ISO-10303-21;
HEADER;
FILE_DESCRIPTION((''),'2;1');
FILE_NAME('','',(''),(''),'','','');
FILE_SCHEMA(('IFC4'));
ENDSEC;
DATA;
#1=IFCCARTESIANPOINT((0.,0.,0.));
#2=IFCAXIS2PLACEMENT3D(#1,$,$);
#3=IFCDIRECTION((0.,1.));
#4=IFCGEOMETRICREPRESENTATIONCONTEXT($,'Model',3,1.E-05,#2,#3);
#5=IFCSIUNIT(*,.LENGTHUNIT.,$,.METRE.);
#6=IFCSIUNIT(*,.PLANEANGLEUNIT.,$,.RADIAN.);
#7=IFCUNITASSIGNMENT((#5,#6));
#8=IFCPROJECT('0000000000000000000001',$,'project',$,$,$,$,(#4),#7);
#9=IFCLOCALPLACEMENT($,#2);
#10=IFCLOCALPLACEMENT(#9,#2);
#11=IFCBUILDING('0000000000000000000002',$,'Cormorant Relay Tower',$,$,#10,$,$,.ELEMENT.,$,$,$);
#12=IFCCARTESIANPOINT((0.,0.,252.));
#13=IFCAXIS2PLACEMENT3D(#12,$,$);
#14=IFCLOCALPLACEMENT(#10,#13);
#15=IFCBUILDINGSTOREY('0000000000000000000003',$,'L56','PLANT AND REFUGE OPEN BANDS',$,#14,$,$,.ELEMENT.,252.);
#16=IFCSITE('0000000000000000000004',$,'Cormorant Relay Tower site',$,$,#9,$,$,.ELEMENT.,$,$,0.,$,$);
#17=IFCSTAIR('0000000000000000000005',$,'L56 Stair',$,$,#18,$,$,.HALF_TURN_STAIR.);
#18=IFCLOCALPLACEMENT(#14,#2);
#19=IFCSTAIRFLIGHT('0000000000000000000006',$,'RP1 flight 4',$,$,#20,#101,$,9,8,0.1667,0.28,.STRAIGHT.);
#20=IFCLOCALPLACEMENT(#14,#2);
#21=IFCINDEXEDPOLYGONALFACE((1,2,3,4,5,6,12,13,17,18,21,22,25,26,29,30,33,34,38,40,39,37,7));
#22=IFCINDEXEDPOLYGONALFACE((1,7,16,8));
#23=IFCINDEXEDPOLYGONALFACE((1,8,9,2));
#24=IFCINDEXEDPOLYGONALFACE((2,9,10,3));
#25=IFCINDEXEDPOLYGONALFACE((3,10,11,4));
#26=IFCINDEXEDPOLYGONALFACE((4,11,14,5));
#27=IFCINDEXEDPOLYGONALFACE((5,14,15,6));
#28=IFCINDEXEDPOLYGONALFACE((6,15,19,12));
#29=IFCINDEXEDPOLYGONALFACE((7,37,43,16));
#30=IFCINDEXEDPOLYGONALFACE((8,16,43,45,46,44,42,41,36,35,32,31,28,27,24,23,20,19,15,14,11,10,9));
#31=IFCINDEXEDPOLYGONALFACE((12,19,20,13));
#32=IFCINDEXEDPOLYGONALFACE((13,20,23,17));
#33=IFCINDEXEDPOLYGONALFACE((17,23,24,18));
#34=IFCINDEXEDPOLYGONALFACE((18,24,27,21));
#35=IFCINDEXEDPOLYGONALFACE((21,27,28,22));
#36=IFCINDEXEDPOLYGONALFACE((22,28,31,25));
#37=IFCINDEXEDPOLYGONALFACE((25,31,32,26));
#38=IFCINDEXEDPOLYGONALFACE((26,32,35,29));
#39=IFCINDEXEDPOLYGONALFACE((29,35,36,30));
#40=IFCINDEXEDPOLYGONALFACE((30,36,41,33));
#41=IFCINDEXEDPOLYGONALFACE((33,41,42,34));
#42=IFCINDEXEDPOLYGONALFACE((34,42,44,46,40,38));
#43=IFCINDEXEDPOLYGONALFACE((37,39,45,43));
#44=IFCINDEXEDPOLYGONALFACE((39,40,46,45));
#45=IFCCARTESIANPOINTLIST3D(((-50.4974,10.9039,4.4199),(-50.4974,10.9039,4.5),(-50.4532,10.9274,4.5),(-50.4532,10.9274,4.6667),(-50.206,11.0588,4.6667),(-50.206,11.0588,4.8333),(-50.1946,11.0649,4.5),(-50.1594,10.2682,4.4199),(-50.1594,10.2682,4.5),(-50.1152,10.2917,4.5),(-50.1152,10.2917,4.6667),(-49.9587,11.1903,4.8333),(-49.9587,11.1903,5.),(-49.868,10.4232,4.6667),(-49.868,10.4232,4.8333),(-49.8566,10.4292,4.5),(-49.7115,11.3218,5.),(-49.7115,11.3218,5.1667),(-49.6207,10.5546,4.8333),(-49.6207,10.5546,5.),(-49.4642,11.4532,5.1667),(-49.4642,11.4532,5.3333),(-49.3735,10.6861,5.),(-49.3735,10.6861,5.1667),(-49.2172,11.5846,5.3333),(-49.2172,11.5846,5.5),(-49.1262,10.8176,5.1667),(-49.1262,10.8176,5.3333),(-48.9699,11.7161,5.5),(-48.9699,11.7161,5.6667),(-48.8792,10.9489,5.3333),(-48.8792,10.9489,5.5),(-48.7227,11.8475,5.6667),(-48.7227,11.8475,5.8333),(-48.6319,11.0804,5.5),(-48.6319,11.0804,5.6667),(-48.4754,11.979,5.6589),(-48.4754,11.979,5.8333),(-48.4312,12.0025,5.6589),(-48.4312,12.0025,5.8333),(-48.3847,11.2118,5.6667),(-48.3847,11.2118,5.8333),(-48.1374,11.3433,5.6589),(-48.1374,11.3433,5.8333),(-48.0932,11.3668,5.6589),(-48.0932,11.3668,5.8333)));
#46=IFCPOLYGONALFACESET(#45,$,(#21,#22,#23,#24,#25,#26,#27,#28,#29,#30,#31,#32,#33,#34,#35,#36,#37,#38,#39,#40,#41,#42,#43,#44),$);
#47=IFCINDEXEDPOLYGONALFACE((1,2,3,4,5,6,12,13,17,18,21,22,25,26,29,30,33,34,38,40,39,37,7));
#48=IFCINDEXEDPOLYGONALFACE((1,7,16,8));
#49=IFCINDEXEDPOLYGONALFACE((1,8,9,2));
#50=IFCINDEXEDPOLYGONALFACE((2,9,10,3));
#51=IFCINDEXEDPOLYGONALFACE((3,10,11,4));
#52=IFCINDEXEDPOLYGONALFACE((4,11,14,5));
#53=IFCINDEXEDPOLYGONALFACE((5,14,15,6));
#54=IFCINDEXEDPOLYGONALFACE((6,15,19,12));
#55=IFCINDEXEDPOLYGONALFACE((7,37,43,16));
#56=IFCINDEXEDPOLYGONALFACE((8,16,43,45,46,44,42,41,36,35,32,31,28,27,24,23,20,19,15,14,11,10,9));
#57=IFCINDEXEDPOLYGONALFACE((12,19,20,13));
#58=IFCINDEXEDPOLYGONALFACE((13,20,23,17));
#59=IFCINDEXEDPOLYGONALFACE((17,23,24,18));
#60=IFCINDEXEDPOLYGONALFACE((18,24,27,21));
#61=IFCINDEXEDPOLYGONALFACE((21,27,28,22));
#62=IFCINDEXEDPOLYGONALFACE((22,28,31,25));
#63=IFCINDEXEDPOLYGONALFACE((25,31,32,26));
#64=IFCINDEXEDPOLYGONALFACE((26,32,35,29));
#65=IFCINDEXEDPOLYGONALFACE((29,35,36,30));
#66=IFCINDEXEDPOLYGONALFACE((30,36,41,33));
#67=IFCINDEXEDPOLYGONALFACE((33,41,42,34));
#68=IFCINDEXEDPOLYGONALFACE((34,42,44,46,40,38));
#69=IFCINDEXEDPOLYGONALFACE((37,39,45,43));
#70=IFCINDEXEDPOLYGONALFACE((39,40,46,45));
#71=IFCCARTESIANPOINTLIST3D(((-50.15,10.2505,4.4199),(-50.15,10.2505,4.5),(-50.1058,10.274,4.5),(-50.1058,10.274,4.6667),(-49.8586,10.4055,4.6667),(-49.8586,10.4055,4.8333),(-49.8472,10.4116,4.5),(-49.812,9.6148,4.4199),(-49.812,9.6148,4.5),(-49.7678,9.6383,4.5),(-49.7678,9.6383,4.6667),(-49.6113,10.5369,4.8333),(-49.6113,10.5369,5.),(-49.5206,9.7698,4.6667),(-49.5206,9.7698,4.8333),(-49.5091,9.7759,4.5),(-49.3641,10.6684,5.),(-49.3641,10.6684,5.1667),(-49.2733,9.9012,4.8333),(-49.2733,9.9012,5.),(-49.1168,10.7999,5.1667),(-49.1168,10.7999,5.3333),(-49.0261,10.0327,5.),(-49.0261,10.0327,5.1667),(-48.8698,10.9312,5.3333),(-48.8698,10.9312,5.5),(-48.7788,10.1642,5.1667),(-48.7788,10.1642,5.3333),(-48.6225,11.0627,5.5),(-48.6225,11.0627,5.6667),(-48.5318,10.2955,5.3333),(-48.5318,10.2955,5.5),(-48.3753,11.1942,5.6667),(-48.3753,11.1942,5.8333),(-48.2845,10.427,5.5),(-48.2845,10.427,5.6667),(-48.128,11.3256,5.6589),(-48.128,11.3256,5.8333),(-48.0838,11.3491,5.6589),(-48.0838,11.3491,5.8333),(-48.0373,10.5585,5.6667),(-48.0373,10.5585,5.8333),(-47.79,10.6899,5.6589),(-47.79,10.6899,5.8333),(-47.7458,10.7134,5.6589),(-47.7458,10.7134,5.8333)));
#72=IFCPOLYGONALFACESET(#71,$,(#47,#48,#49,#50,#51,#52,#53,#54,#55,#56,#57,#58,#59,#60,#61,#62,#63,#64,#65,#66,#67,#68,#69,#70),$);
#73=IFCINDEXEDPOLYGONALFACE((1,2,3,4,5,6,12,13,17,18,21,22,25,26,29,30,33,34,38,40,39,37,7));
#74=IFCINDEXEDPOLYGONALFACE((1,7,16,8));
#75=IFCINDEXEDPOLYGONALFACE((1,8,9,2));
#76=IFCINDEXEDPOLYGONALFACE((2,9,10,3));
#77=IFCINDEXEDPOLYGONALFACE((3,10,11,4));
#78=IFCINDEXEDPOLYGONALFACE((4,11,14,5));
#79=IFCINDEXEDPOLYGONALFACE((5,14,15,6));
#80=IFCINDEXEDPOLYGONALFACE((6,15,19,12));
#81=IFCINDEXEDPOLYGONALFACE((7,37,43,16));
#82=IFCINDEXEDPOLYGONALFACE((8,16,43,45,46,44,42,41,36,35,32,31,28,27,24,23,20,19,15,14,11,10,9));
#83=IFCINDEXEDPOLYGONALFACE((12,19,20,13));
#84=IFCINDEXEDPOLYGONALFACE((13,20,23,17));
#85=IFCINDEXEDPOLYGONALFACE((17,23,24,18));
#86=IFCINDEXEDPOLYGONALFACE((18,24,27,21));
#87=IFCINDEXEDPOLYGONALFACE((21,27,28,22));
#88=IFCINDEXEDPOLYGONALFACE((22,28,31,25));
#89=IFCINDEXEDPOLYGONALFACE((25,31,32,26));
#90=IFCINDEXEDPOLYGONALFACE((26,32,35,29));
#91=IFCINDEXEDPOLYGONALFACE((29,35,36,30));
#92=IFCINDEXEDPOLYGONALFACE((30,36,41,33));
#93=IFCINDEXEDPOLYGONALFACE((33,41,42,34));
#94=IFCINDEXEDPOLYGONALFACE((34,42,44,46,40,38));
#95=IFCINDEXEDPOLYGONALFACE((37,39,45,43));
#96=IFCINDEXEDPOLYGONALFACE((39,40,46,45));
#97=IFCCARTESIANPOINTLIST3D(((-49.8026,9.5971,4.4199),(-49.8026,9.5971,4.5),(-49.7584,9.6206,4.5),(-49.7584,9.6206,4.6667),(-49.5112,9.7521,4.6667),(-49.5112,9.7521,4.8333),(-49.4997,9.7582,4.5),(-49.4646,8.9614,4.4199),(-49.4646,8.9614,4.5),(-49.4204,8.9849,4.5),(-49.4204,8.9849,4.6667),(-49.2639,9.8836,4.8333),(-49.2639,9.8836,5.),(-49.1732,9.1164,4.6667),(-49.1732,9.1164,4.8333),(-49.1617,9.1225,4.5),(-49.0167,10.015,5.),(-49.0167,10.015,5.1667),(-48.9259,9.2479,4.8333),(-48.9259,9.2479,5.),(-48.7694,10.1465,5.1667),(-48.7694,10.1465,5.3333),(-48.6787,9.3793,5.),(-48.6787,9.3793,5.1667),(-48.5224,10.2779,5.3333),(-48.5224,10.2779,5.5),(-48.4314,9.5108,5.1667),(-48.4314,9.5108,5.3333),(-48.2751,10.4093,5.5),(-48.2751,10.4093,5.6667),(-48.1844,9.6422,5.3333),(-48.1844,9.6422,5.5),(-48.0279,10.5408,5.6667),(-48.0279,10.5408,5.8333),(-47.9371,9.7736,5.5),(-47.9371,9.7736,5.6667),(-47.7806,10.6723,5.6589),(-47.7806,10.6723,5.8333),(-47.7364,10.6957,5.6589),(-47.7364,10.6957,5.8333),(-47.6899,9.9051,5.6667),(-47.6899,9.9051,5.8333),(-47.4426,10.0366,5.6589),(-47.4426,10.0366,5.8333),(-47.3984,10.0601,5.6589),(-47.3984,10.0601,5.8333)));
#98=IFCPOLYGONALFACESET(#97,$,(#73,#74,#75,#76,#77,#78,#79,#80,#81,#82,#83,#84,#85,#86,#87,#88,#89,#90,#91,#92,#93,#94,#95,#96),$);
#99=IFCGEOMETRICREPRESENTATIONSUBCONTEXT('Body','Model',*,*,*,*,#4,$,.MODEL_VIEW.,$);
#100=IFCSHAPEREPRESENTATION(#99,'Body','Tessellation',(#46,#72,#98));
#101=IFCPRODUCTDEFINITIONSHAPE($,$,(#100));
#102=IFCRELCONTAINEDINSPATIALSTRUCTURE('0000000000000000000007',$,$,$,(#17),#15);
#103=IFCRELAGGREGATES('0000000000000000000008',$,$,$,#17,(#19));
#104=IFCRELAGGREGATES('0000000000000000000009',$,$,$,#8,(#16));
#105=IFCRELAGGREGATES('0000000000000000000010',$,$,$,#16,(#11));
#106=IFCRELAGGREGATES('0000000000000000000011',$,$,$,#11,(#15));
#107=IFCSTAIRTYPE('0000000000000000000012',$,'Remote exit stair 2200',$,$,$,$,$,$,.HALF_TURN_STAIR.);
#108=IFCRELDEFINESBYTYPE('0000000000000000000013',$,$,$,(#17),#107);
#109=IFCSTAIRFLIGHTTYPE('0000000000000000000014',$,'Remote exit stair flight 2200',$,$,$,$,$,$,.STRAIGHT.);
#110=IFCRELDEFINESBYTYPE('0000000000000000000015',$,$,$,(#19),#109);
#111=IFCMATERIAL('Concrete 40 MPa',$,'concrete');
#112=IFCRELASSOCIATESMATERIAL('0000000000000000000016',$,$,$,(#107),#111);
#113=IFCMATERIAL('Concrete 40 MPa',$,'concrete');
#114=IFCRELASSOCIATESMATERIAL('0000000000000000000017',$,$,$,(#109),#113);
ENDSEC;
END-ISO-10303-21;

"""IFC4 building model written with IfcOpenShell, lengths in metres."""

from ifc_helpers import new_model, si_unit, direction, frame, origin, place, context, subcontext, project, spatial, polyline, outline, extrude, material, type_object, element, aggregate, save


model = new_model("IFC4")

# Units and contexts
model_context = context("Model", 3, precision=1e-05, world=origin(), true_north=direction((0.0, 1.0)))
body_context = subcontext(model_context, "Body", "Model", "MODEL_VIEW")
ifc_project = project(units=[si_unit("LENGTHUNIT", "METRE"), si_unit("PLANEANGLEUNIT", "RADIAN")], contexts=[model_context])

# Site, building, storey
site_placement = place(None, origin())
site = spatial("IfcSite", under=ifc_project, at=site_placement, Name="Cormorant Relay Tower site", CompositionType="ELEMENT", RefElevation=0.0)
building_placement = place(site_placement, origin())
building = spatial("IfcBuilding", under=site, at=building_placement, Name="Cormorant Relay Tower", CompositionType="ELEMENT")
storey_placement = place(building_placement, frame((0.0, 0.0, 252.0)))
storey = spatial("IfcBuildingStorey", under=building, at=storey_placement, Name="L56", Description="PLANT AND REFUGE OPEN BANDS", CompositionType="ELEMENT", Elevation=252.0)

# Stair, stair flight
ifc_material_1 = material(Name="Concrete 40 MPa", Category="concrete")
stair_type = type_object("IfcStairType", Name="Remote exit stair 2200", PredefinedType="HALF_TURN_STAIR", material=ifc_material_1)
stair_placement = place(storey_placement, origin())
stair = element("IfcStair", 1, at=stair_placement, inside=storey, type_object=stair_type, Name="L56 Stair", PredefinedType="HALF_TURN_STAIR")
ifc_material_2 = material(Name="Concrete 40 MPa", Category="concrete")
stair_flight_type = type_object("IfcStairFlightType", Name="Remote exit stair flight 2200", PredefinedType="STRAIGHT", material=ifc_material_2)
stair_flight_1_placement = place(storey_placement, frame((-49.9368, 9.9561, 4.5), z_axis=(0.0, 0.0, 1.0), x_axis=(0.882948, 0.469472, 0.0)))
stair_flight_1 = element("IfcStairFlight", 2, at=stair_flight_1_placement, type_object=stair_flight_type, Name="RP1 flight 4", NumberOfRisers=9, NumberOfTreads=8, PredefinedType="STRAIGHT", RiserHeight=0.1667, TreadLength=0.28, context=body_context, shape_type="SweptSolid", body=[
    extrude(outline(polyline([(-0.05, -0.0801), (-0.05, 0.0), (0.0, 0.0), (0.0, 0.1667), (0.28, 0.1667), (0.28, 0.3333), (0.5601, 0.3333), (0.5601, 0.5), (0.8401, 0.5), (0.8401, 0.6667), (1.1201, 0.6667), (1.1201, 0.8333), (1.3999, 0.8333), (1.3999, 1.0), (1.6799, 1.0), (1.6799, 1.1667), (1.96, 1.1667), (1.96, 1.3333), (2.24, 1.3333), (2.29, 1.3333), (2.29, 1.1589), (2.24, 1.1589), (0.293, 0.0), (-0.05, -0.0801)])), frame((0.0, 1.1001, 0.0), z_axis=(0.0, -1.0, 0.0), x_axis=(1.0, 0.0, 0.0)), (0.0, 0.0, 1.0), 0.72),
    extrude(outline(polyline([(-0.05, -0.0801), (-0.05, 0.0), (0.0, 0.0), (0.0, 0.1667), (0.28, 0.1667), (0.28, 0.3333), (0.5601, 0.3333), (0.5601, 0.5), (0.8401, 0.5), (0.8401, 0.6667), (1.1201, 0.6667), (1.1201, 0.8333), (1.3999, 0.8333), (1.3999, 1.0), (1.6799, 1.0), (1.6799, 1.1667), (1.96, 1.1667), (1.96, 1.3333), (2.24, 1.3333), (2.29, 1.3333), (2.29, 1.1589), (2.24, 1.1589), (0.293, 0.0), (-0.05, -0.0801)])), frame((0.0, 0.3601, 0.0), z_axis=(0.0, -1.0, 0.0), x_axis=(1.0, 0.0, 0.0)), (0.0, 0.0, 1.0), 0.72),
    extrude(outline(polyline([(-0.05, -0.0801), (-0.05, 0.0), (0.0, 0.0), (0.0, 0.1667), (0.28, 0.1667), (0.28, 0.3333), (0.5601, 0.3333), (0.5601, 0.5), (0.8401, 0.5), (0.8401, 0.6667), (1.1201, 0.6667), (1.1201, 0.8333), (1.3999, 0.8333), (1.3999, 1.0), (1.6799, 1.0), (1.6799, 1.1667), (1.96, 1.1667), (1.96, 1.3333), (2.24, 1.3333), (2.29, 1.3333), (2.29, 1.1589), (2.24, 1.1589), (0.293, 0.0), (-0.05, -0.0801)])), frame((0.0, -0.3799, 0.0), z_axis=(0.0, -1.0, 0.0), x_axis=(1.0, 0.0, 0.0)), (0.0, 0.0, 1.0), 0.72),
])
aggregate(stair, [stair_flight_1])

save(model, "model.ifc")
